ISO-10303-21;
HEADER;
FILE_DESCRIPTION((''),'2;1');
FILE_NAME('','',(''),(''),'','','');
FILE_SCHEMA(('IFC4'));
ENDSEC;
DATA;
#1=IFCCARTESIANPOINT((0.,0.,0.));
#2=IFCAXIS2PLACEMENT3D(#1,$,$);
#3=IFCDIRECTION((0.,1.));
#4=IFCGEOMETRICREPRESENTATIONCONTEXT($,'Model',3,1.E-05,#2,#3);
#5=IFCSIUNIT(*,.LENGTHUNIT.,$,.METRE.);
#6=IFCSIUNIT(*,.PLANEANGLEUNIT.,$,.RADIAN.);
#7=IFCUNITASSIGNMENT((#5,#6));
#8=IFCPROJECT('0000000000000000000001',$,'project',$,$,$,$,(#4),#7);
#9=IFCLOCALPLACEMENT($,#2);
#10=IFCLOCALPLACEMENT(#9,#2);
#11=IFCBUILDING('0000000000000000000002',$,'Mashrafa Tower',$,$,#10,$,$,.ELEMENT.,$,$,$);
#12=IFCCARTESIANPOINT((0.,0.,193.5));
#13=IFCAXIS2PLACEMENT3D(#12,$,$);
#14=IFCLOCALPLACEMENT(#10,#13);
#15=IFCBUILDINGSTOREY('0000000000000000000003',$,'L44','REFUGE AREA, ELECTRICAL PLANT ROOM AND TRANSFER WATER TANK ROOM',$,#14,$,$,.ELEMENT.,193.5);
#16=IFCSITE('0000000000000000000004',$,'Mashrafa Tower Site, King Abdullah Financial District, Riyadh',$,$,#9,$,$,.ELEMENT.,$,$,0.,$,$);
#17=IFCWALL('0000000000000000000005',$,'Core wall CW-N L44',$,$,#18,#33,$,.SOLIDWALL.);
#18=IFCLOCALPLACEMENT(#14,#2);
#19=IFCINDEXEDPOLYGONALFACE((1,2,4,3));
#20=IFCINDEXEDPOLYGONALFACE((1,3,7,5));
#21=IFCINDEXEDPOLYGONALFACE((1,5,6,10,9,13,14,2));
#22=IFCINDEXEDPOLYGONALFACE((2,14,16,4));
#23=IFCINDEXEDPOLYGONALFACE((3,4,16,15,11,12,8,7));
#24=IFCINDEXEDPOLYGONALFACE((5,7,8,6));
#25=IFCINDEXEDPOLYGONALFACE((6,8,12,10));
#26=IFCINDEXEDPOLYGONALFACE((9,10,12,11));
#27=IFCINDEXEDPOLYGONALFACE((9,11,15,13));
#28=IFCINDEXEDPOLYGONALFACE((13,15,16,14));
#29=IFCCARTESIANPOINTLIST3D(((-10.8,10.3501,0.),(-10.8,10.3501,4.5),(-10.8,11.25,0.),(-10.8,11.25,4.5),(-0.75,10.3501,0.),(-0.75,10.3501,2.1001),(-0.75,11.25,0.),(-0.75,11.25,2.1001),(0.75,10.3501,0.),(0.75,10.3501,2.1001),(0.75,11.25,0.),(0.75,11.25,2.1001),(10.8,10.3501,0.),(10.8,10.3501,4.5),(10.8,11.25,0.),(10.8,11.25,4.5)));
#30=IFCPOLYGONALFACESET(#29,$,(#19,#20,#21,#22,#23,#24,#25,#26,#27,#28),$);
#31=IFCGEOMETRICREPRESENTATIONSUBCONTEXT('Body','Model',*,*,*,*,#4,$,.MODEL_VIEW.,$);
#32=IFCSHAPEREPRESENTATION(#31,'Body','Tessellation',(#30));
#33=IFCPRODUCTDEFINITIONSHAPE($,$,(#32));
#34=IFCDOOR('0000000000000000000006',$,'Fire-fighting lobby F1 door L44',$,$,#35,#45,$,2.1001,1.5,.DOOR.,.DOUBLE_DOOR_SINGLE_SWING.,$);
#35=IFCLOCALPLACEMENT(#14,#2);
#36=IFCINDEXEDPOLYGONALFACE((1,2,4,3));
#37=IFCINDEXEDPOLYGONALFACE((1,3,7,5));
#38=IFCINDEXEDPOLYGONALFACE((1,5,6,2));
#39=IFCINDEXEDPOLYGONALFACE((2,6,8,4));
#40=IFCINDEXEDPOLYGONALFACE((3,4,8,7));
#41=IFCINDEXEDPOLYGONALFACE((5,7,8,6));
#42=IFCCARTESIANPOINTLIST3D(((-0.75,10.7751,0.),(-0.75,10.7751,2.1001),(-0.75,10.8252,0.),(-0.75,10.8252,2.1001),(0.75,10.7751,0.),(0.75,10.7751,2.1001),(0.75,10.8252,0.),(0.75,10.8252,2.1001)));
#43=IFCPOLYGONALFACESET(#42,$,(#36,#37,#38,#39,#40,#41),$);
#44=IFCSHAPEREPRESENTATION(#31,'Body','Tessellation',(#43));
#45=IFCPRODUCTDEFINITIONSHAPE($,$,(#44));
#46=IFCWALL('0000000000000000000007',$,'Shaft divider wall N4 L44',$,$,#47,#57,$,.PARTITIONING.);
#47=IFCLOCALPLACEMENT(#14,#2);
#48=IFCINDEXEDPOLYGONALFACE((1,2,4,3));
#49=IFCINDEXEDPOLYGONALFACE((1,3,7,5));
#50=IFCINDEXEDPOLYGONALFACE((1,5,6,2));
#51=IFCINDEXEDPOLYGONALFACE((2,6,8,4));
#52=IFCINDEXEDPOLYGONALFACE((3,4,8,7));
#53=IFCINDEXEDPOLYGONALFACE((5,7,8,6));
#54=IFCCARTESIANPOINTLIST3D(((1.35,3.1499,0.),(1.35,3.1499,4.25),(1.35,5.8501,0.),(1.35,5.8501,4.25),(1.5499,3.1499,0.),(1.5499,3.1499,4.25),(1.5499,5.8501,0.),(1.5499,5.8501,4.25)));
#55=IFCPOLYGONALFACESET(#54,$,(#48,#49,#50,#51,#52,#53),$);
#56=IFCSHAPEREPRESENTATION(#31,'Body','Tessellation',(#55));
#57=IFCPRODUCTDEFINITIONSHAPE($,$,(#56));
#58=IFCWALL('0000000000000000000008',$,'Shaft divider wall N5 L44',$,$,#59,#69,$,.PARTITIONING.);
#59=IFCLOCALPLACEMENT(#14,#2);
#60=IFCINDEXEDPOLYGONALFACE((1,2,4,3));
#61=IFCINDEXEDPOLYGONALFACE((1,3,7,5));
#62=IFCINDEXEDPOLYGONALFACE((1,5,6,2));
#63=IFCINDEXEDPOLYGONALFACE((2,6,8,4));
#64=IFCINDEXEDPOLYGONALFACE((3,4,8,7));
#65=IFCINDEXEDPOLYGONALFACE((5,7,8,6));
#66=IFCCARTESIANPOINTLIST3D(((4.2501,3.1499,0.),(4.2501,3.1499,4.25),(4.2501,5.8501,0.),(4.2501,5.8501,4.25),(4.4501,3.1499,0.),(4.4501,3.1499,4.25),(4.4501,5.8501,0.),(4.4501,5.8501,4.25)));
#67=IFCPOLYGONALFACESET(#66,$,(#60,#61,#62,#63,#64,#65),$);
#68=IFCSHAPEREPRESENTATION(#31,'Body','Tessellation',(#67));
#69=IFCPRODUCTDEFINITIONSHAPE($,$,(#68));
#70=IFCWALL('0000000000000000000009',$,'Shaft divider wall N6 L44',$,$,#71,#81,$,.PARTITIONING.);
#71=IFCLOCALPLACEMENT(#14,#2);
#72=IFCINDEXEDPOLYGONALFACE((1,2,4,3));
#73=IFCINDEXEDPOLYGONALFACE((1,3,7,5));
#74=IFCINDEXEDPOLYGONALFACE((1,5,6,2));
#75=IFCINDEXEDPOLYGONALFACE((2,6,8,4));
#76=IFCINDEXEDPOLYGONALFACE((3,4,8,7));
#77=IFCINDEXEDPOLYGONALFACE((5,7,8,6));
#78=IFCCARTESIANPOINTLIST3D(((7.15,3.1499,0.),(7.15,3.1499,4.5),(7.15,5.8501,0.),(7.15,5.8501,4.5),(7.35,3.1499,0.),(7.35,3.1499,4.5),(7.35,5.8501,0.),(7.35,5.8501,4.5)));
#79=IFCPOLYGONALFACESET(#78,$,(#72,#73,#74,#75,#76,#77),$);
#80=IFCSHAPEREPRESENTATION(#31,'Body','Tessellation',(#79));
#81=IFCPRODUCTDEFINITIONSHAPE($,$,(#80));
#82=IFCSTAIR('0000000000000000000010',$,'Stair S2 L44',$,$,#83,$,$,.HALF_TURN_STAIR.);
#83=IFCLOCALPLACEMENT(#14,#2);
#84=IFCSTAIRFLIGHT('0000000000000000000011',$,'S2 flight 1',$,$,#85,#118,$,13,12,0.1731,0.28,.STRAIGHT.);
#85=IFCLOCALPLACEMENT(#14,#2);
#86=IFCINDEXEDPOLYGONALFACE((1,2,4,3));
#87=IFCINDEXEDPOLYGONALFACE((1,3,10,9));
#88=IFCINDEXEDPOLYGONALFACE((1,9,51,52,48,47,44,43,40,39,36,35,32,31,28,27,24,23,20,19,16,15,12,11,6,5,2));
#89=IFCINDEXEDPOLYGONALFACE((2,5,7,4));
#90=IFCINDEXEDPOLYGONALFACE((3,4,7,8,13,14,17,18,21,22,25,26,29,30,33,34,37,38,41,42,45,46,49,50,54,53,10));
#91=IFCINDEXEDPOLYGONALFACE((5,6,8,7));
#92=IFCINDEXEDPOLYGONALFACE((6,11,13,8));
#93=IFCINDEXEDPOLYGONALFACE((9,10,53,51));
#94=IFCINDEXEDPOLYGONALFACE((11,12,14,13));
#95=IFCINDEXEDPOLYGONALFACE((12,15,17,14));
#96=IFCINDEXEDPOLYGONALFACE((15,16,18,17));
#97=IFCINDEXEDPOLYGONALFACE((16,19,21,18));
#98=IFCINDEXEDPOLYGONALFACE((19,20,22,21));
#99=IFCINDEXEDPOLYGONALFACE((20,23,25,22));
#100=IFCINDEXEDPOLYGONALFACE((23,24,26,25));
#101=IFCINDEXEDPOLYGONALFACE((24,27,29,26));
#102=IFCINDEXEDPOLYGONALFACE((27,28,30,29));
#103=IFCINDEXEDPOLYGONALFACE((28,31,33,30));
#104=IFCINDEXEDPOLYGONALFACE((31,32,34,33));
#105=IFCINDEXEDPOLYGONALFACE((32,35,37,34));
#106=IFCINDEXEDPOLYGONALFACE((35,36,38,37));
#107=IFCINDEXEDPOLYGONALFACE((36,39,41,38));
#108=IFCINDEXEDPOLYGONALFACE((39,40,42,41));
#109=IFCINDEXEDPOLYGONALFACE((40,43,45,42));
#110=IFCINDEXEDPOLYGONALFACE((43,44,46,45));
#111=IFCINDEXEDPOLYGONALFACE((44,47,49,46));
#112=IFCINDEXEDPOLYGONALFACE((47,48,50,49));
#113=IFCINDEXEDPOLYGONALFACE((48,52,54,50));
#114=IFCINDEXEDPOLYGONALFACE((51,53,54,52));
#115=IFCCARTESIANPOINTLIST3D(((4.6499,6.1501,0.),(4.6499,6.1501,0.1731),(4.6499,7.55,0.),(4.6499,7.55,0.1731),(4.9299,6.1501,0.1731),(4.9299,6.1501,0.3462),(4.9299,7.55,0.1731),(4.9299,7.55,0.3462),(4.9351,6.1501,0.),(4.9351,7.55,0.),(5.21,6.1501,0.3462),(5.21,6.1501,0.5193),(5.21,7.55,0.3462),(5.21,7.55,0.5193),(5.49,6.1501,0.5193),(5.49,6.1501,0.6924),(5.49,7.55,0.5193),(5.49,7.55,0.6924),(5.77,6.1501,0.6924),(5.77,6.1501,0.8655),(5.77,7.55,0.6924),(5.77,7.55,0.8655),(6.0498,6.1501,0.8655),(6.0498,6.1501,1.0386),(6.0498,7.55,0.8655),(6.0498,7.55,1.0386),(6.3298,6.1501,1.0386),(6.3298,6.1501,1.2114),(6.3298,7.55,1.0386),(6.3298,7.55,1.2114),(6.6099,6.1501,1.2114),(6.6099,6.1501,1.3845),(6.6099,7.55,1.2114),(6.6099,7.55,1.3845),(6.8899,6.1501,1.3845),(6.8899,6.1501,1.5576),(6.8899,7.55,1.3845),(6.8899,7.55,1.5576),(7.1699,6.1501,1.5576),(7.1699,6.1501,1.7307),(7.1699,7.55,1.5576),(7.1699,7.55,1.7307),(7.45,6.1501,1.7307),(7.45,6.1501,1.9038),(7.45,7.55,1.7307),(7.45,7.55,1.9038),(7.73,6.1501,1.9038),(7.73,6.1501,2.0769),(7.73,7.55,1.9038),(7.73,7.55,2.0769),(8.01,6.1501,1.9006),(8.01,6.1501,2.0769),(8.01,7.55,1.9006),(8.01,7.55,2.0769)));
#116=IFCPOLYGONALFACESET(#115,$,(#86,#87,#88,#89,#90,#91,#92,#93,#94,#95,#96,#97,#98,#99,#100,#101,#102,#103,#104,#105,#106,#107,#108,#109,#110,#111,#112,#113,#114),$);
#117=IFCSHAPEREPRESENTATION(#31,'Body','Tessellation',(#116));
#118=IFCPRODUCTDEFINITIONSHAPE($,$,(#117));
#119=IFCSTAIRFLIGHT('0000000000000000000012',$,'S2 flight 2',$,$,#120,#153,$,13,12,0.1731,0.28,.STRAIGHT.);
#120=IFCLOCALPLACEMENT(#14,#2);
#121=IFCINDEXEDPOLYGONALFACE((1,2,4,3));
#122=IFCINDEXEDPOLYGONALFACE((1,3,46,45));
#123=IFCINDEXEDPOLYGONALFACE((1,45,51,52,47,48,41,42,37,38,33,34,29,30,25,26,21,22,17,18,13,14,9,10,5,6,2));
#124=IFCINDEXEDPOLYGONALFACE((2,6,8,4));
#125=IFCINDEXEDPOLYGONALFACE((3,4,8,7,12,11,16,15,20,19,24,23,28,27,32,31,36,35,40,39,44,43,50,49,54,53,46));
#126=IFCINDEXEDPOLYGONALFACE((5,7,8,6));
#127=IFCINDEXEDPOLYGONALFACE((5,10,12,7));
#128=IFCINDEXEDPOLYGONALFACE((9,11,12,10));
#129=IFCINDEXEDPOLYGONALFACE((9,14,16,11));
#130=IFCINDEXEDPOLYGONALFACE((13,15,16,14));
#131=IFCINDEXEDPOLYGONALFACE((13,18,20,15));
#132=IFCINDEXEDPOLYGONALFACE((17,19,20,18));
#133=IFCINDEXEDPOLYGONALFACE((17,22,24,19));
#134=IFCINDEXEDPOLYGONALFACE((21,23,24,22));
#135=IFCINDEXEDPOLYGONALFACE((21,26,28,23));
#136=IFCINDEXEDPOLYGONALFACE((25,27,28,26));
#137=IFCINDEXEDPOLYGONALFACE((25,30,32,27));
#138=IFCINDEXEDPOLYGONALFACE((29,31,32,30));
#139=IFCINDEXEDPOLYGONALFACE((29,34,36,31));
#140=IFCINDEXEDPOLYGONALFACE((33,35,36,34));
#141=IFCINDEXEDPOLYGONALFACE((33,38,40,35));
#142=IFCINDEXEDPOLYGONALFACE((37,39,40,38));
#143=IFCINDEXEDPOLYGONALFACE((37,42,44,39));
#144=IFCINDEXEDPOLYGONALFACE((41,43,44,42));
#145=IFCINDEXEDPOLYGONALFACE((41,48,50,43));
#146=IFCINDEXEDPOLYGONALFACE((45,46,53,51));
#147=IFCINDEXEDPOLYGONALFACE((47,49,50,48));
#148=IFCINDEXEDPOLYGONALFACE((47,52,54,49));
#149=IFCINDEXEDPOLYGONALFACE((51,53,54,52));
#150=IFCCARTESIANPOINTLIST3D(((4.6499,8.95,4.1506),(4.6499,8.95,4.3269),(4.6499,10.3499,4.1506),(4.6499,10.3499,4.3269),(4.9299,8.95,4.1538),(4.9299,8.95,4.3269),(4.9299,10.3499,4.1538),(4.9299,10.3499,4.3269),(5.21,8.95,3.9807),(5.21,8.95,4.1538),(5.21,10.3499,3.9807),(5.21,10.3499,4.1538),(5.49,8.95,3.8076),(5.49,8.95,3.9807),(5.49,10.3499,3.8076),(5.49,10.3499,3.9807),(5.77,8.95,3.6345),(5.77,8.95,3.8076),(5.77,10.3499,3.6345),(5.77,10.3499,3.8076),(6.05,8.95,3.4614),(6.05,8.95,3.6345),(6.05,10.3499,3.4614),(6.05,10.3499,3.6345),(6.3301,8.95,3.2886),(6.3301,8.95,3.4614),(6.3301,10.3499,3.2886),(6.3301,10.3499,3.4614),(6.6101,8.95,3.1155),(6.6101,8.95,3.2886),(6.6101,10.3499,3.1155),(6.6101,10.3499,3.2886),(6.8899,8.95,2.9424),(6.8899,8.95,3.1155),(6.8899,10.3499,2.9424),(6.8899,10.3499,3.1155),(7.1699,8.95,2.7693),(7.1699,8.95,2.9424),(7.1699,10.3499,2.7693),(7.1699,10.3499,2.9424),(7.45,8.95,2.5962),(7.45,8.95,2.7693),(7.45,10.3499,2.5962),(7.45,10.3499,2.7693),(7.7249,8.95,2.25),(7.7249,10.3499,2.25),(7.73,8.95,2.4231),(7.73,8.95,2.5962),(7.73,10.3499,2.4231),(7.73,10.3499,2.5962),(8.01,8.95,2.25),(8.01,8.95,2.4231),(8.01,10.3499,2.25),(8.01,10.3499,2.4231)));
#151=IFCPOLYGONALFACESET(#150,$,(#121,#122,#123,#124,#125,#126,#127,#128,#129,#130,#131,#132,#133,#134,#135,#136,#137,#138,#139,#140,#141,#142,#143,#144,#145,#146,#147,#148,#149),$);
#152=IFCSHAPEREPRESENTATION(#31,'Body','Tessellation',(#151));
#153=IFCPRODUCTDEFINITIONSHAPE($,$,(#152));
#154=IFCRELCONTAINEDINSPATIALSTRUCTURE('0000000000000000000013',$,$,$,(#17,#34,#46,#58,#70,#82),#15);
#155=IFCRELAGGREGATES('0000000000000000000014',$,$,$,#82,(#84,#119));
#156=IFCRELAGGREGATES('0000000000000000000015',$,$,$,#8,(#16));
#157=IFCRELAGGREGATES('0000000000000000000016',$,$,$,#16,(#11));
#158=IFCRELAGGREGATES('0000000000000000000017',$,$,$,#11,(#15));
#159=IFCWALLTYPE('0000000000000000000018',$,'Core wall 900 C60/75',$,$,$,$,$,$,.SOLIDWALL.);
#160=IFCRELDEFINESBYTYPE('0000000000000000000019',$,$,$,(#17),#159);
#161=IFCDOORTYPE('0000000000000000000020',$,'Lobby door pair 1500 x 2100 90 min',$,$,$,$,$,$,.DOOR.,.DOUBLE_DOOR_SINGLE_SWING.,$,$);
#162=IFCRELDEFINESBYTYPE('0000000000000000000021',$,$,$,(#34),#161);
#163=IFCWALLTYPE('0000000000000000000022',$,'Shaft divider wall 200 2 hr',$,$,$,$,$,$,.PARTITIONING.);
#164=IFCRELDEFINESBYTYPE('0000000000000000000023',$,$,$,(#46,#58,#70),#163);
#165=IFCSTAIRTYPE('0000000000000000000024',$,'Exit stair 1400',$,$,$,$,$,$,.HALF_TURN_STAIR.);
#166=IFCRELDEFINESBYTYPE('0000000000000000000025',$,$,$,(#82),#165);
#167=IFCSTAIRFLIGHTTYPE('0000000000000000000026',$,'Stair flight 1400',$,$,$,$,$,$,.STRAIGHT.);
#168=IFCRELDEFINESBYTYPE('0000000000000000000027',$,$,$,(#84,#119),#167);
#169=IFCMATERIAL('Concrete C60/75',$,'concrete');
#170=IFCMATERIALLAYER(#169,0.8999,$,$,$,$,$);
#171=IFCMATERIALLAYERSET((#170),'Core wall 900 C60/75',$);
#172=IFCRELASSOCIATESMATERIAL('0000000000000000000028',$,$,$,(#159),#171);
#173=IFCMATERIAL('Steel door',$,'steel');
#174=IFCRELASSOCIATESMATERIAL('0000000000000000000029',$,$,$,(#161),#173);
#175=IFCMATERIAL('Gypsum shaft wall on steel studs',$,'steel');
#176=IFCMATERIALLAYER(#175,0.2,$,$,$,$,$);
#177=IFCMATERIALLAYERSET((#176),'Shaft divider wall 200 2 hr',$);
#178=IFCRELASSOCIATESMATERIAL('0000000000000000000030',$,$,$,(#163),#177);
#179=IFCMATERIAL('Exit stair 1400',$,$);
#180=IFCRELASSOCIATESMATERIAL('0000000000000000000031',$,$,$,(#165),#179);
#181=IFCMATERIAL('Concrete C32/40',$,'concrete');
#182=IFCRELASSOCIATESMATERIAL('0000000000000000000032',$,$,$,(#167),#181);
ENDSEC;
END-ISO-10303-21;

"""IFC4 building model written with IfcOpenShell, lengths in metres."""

from ifc_helpers import new_model, si_unit, direction, frame, frame_2d, origin, place, context, subcontext, project, spatial, polyline, rectangle, outline, extrude, material, layer, layer_set, type_object, element, fill, aggregate, save


model = new_model("IFC4")

# Units and contexts
model_context = context("Model", 3, precision=1e-05, world=origin(), true_north=direction((0.0, 1.0)))
body_context = subcontext(model_context, "Body", "Model", "MODEL_VIEW")
ifc_project = project(units=[si_unit("LENGTHUNIT", "METRE"), si_unit("PLANEANGLEUNIT", "RADIAN")], contexts=[model_context])

# Site, building, storey
site_placement = place(None, origin())
site = spatial("IfcSite", under=ifc_project, at=site_placement, Name="Mashrafa Tower Site, King Abdullah Financial District, Riyadh", CompositionType="ELEMENT", RefElevation=0.0)
building_placement = place(site_placement, origin())
building = spatial("IfcBuilding", under=site, at=building_placement, Name="Mashrafa Tower", CompositionType="ELEMENT")
storey_placement = place(building_placement, frame((0.0, 0.0, 193.5)))
storey = spatial("IfcBuildingStorey", under=building, at=storey_placement, Name="L44", Description="REFUGE AREA, ELECTRICAL PLANT ROOM AND TRANSFER WATER TANK ROOM", CompositionType="ELEMENT", Elevation=193.5)

# Wall, opening, door
ifc_material_1 = material(Name="Concrete C60/75", Category="concrete")
ifc_layer_1 = layer(ifc_material_1, 0.8999)
ifc_layer_set_1 = layer_set([ifc_layer_1], Name="Core wall 900 C60/75")
wall_type_1 = type_object("IfcWallType", Name="Core wall 900 C60/75", PredefinedType="SOLIDWALL", material=ifc_layer_set_1)
wall_1_placement = place(storey_placement, frame((10.8, 10.8, 0.0), z_axis=(0.0, 0.0, 1.0), x_axis=(-1.0, 0.0, 0.0)))
wall_1 = element("IfcWall", 1, at=wall_1_placement, inside=storey, type_object=wall_type_1, Name="Core wall CW-N L44", PredefinedType="SOLIDWALL", context=body_context, shape_type="SweptSolid", body=[
    extrude(rectangle(XDim=21.6001, YDim=0.8999, at=frame_2d((10.8, 0.0))), origin(), (0.0, 0.0, 1.0), 4.5),
])
opening_1_placement = place(wall_1_placement, frame((10.05, 0.0, 0.0)))
opening_1 = element("IfcOpeningElement", 2, at=opening_1_placement, cuts=wall_1, PredefinedType="OPENING", context=body_context, shape_type="SweptSolid", body=[
    extrude(rectangle(XDim=1.5, YDim=2.1001, at=frame_2d((0.75, 1.05))), frame((0.0, 0.46, 0.0), z_axis=(0.0, -1.0, 0.0), x_axis=(1.0, 0.0, 0.0)), (0.0, 0.0, 1.0), 0.9199),
])
ifc_material_2 = material(Name="Steel door", Category="steel")
door_type_1 = type_object("IfcDoorType", Name="Lobby door pair 1500 x 2100 90 min", OperationType="DOUBLE_DOOR_SINGLE_SWING", PredefinedType="DOOR", material=ifc_material_2)
door_1_placement = place(opening_1_placement, origin())
door_1 = element("IfcDoor", 3, at=door_1_placement, inside=storey, type_object=door_type_1, Name="Fire-fighting lobby F1 door L44", OperationType="DOUBLE_DOOR_SINGLE_SWING", OverallHeight=2.1001, OverallWidth=1.5, PredefinedType="DOOR", context=body_context, shape_type="SweptSolid", body=[
    extrude(rectangle(XDim=1.5, YDim=2.1001, at=frame_2d((0.75, 1.05))), frame((0.0, 0.0249, 0.0), z_axis=(0.0, -1.0, 0.0), x_axis=(1.0, 0.0, 0.0)), (0.0, 0.0, 1.0), 0.05),
])
fill(opening_1, door_1)

# Walls
ifc_material_3 = material(Name="Gypsum shaft wall on steel studs", Category="steel")
ifc_layer_2 = layer(ifc_material_3, 0.2)
ifc_layer_set_2 = layer_set([ifc_layer_2], Name="Shaft divider wall 200 2 hr")
wall_type_2 = type_object("IfcWallType", Name="Shaft divider wall 200 2 hr", PredefinedType="PARTITIONING", material=ifc_layer_set_2)
for number, where, z_axis, x_axis, name in (
    (4, (1.45, 3.1499, 0.0), (0.0, 0.0, 1.0), (0.0, 1.0, 0.0), "Shaft divider wall N4 L44"),
    (5, (4.3501, 3.1499, 0.0), (0.0, 0.0, 1.0), (0.0, 1.0, 0.0), "Shaft divider wall N5 L44"),
):
    element("IfcWall", number, at=place(storey_placement, frame(where, z_axis=z_axis, x_axis=x_axis)), inside=storey, type_object=wall_type_2, Name=name, PredefinedType="PARTITIONING", context=body_context, shape_type="SweptSolid", body=[
        extrude(rectangle(XDim=2.7002, YDim=0.2, at=frame_2d((1.3501, 0.0))), origin(), (0.0, 0.0, 1.0), 4.25),
    ])
wall_2_placement = place(storey_placement, frame((7.25, 3.1499, 0.0), z_axis=(0.0, 0.0, 1.0), x_axis=(0.0, 1.0, 0.0)))
element("IfcWall", 6, at=wall_2_placement, inside=storey, type_object=wall_type_2, Name="Shaft divider wall N6 L44", PredefinedType="PARTITIONING", context=body_context, shape_type="SweptSolid", body=[
    extrude(rectangle(XDim=2.7002, YDim=0.2, at=frame_2d((1.3501, 0.0))), origin(), (0.0, 0.0, 1.0), 4.5),
])

# Stair, stair flights
ifc_material_4 = material(Name="Exit stair 1400")
stair_type = type_object("IfcStairType", Name="Exit stair 1400", PredefinedType="HALF_TURN_STAIR", material=ifc_material_4)
stair_placement = place(storey_placement, origin())
stair = element("IfcStair", 7, at=stair_placement, inside=storey, type_object=stair_type, Name="Stair S2 L44", PredefinedType="HALF_TURN_STAIR")
ifc_material_5 = material(Name="Concrete C32/40", Category="concrete")
stair_flight_type = type_object("IfcStairFlightType", Name="Stair flight 1400", PredefinedType="STRAIGHT", material=ifc_material_5)
stair_flight_1_placement = place(storey_placement, frame((4.6499, 6.8501, 0.0), z_axis=(0.0, 0.0, 1.0), x_axis=(1.0, 0.0, 0.0)))
stair_flight_1 = element("IfcStairFlight", 8, at=stair_flight_1_placement, type_object=stair_flight_type, Name="S2 flight 1", NumberOfRisers=13, NumberOfTreads=12, PredefinedType="STRAIGHT", RiserHeight=0.1731, TreadLength=0.28, context=body_context, shape_type="SweptSolid", body=[
    extrude(outline(polyline([(0.0, 0.0), (0.0, 0.1731), (0.28, 0.1731), (0.28, 0.3462), (0.5601, 0.3462), (0.5601, 0.5193), (0.8401, 0.5193), (0.8401, 0.6924), (1.1201, 0.6924), (1.1201, 0.8655), (1.3999, 0.8655), (1.3999, 1.0386), (1.6799, 1.0386), (1.6799, 1.2114), (1.96, 1.2114), (1.96, 1.3845), (2.24, 1.3845), (2.24, 1.5576), (2.52, 1.5576), (2.52, 1.7307), (2.8, 1.7307), (2.8, 1.9038), (3.0801, 1.9038), (3.0801, 2.0769), (3.3601, 2.0769), (3.3601, 2.25), (3.3601, 1.9006), (0.2852, 0.0), (0.0, 0.0)])), frame((0.0, 0.7, 0.0), z_axis=(0.0, -1.0, 0.0), x_axis=(1.0, 0.0, 0.0)), (0.0, 0.0, 1.0), 1.3999),
])
stair_flight_2_placement = place(storey_placement, frame((8.01, 9.6499, 2.25), z_axis=(0.0, 0.0, 1.0), x_axis=(-1.0, 0.0, 0.0)))
stair_flight_2 = element("IfcStairFlight", 9, at=stair_flight_2_placement, type_object=stair_flight_type, Name="S2 flight 2", NumberOfRisers=13, NumberOfTreads=12, PredefinedType="STRAIGHT", RiserHeight=0.1731, TreadLength=0.28, context=body_context, shape_type="SweptSolid", body=[
    extrude(outline(polyline([(0.0, 0.0), (0.0, 0.1731), (0.28, 0.1731), (0.28, 0.3462), (0.5601, 0.3462), (0.5601, 0.5193), (0.8401, 0.5193), (0.8401, 0.6924), (1.1201, 0.6924), (1.1201, 0.8655), (1.3999, 0.8655), (1.3999, 1.0386), (1.6799, 1.0386), (1.6799, 1.2114), (1.96, 1.2114), (1.96, 1.3845), (2.24, 1.3845), (2.24, 1.5576), (2.52, 1.5576), (2.52, 1.7307), (2.8, 1.7307), (2.8, 1.9038), (3.0801, 1.9038), (3.0801, 2.0769), (3.3601, 2.0769), (3.3601, 2.25), (3.3601, 1.9006), (0.2852, 0.0), (0.0, 0.0)])), frame((0.0, 0.7, 0.0), z_axis=(0.0, -1.0, 0.0), x_axis=(1.0, 0.0, 0.0)), (0.0, 0.0, 1.0), 1.3999),
])
aggregate(stair, [stair_flight_1, stair_flight_2])

save(model, "model.ifc")
